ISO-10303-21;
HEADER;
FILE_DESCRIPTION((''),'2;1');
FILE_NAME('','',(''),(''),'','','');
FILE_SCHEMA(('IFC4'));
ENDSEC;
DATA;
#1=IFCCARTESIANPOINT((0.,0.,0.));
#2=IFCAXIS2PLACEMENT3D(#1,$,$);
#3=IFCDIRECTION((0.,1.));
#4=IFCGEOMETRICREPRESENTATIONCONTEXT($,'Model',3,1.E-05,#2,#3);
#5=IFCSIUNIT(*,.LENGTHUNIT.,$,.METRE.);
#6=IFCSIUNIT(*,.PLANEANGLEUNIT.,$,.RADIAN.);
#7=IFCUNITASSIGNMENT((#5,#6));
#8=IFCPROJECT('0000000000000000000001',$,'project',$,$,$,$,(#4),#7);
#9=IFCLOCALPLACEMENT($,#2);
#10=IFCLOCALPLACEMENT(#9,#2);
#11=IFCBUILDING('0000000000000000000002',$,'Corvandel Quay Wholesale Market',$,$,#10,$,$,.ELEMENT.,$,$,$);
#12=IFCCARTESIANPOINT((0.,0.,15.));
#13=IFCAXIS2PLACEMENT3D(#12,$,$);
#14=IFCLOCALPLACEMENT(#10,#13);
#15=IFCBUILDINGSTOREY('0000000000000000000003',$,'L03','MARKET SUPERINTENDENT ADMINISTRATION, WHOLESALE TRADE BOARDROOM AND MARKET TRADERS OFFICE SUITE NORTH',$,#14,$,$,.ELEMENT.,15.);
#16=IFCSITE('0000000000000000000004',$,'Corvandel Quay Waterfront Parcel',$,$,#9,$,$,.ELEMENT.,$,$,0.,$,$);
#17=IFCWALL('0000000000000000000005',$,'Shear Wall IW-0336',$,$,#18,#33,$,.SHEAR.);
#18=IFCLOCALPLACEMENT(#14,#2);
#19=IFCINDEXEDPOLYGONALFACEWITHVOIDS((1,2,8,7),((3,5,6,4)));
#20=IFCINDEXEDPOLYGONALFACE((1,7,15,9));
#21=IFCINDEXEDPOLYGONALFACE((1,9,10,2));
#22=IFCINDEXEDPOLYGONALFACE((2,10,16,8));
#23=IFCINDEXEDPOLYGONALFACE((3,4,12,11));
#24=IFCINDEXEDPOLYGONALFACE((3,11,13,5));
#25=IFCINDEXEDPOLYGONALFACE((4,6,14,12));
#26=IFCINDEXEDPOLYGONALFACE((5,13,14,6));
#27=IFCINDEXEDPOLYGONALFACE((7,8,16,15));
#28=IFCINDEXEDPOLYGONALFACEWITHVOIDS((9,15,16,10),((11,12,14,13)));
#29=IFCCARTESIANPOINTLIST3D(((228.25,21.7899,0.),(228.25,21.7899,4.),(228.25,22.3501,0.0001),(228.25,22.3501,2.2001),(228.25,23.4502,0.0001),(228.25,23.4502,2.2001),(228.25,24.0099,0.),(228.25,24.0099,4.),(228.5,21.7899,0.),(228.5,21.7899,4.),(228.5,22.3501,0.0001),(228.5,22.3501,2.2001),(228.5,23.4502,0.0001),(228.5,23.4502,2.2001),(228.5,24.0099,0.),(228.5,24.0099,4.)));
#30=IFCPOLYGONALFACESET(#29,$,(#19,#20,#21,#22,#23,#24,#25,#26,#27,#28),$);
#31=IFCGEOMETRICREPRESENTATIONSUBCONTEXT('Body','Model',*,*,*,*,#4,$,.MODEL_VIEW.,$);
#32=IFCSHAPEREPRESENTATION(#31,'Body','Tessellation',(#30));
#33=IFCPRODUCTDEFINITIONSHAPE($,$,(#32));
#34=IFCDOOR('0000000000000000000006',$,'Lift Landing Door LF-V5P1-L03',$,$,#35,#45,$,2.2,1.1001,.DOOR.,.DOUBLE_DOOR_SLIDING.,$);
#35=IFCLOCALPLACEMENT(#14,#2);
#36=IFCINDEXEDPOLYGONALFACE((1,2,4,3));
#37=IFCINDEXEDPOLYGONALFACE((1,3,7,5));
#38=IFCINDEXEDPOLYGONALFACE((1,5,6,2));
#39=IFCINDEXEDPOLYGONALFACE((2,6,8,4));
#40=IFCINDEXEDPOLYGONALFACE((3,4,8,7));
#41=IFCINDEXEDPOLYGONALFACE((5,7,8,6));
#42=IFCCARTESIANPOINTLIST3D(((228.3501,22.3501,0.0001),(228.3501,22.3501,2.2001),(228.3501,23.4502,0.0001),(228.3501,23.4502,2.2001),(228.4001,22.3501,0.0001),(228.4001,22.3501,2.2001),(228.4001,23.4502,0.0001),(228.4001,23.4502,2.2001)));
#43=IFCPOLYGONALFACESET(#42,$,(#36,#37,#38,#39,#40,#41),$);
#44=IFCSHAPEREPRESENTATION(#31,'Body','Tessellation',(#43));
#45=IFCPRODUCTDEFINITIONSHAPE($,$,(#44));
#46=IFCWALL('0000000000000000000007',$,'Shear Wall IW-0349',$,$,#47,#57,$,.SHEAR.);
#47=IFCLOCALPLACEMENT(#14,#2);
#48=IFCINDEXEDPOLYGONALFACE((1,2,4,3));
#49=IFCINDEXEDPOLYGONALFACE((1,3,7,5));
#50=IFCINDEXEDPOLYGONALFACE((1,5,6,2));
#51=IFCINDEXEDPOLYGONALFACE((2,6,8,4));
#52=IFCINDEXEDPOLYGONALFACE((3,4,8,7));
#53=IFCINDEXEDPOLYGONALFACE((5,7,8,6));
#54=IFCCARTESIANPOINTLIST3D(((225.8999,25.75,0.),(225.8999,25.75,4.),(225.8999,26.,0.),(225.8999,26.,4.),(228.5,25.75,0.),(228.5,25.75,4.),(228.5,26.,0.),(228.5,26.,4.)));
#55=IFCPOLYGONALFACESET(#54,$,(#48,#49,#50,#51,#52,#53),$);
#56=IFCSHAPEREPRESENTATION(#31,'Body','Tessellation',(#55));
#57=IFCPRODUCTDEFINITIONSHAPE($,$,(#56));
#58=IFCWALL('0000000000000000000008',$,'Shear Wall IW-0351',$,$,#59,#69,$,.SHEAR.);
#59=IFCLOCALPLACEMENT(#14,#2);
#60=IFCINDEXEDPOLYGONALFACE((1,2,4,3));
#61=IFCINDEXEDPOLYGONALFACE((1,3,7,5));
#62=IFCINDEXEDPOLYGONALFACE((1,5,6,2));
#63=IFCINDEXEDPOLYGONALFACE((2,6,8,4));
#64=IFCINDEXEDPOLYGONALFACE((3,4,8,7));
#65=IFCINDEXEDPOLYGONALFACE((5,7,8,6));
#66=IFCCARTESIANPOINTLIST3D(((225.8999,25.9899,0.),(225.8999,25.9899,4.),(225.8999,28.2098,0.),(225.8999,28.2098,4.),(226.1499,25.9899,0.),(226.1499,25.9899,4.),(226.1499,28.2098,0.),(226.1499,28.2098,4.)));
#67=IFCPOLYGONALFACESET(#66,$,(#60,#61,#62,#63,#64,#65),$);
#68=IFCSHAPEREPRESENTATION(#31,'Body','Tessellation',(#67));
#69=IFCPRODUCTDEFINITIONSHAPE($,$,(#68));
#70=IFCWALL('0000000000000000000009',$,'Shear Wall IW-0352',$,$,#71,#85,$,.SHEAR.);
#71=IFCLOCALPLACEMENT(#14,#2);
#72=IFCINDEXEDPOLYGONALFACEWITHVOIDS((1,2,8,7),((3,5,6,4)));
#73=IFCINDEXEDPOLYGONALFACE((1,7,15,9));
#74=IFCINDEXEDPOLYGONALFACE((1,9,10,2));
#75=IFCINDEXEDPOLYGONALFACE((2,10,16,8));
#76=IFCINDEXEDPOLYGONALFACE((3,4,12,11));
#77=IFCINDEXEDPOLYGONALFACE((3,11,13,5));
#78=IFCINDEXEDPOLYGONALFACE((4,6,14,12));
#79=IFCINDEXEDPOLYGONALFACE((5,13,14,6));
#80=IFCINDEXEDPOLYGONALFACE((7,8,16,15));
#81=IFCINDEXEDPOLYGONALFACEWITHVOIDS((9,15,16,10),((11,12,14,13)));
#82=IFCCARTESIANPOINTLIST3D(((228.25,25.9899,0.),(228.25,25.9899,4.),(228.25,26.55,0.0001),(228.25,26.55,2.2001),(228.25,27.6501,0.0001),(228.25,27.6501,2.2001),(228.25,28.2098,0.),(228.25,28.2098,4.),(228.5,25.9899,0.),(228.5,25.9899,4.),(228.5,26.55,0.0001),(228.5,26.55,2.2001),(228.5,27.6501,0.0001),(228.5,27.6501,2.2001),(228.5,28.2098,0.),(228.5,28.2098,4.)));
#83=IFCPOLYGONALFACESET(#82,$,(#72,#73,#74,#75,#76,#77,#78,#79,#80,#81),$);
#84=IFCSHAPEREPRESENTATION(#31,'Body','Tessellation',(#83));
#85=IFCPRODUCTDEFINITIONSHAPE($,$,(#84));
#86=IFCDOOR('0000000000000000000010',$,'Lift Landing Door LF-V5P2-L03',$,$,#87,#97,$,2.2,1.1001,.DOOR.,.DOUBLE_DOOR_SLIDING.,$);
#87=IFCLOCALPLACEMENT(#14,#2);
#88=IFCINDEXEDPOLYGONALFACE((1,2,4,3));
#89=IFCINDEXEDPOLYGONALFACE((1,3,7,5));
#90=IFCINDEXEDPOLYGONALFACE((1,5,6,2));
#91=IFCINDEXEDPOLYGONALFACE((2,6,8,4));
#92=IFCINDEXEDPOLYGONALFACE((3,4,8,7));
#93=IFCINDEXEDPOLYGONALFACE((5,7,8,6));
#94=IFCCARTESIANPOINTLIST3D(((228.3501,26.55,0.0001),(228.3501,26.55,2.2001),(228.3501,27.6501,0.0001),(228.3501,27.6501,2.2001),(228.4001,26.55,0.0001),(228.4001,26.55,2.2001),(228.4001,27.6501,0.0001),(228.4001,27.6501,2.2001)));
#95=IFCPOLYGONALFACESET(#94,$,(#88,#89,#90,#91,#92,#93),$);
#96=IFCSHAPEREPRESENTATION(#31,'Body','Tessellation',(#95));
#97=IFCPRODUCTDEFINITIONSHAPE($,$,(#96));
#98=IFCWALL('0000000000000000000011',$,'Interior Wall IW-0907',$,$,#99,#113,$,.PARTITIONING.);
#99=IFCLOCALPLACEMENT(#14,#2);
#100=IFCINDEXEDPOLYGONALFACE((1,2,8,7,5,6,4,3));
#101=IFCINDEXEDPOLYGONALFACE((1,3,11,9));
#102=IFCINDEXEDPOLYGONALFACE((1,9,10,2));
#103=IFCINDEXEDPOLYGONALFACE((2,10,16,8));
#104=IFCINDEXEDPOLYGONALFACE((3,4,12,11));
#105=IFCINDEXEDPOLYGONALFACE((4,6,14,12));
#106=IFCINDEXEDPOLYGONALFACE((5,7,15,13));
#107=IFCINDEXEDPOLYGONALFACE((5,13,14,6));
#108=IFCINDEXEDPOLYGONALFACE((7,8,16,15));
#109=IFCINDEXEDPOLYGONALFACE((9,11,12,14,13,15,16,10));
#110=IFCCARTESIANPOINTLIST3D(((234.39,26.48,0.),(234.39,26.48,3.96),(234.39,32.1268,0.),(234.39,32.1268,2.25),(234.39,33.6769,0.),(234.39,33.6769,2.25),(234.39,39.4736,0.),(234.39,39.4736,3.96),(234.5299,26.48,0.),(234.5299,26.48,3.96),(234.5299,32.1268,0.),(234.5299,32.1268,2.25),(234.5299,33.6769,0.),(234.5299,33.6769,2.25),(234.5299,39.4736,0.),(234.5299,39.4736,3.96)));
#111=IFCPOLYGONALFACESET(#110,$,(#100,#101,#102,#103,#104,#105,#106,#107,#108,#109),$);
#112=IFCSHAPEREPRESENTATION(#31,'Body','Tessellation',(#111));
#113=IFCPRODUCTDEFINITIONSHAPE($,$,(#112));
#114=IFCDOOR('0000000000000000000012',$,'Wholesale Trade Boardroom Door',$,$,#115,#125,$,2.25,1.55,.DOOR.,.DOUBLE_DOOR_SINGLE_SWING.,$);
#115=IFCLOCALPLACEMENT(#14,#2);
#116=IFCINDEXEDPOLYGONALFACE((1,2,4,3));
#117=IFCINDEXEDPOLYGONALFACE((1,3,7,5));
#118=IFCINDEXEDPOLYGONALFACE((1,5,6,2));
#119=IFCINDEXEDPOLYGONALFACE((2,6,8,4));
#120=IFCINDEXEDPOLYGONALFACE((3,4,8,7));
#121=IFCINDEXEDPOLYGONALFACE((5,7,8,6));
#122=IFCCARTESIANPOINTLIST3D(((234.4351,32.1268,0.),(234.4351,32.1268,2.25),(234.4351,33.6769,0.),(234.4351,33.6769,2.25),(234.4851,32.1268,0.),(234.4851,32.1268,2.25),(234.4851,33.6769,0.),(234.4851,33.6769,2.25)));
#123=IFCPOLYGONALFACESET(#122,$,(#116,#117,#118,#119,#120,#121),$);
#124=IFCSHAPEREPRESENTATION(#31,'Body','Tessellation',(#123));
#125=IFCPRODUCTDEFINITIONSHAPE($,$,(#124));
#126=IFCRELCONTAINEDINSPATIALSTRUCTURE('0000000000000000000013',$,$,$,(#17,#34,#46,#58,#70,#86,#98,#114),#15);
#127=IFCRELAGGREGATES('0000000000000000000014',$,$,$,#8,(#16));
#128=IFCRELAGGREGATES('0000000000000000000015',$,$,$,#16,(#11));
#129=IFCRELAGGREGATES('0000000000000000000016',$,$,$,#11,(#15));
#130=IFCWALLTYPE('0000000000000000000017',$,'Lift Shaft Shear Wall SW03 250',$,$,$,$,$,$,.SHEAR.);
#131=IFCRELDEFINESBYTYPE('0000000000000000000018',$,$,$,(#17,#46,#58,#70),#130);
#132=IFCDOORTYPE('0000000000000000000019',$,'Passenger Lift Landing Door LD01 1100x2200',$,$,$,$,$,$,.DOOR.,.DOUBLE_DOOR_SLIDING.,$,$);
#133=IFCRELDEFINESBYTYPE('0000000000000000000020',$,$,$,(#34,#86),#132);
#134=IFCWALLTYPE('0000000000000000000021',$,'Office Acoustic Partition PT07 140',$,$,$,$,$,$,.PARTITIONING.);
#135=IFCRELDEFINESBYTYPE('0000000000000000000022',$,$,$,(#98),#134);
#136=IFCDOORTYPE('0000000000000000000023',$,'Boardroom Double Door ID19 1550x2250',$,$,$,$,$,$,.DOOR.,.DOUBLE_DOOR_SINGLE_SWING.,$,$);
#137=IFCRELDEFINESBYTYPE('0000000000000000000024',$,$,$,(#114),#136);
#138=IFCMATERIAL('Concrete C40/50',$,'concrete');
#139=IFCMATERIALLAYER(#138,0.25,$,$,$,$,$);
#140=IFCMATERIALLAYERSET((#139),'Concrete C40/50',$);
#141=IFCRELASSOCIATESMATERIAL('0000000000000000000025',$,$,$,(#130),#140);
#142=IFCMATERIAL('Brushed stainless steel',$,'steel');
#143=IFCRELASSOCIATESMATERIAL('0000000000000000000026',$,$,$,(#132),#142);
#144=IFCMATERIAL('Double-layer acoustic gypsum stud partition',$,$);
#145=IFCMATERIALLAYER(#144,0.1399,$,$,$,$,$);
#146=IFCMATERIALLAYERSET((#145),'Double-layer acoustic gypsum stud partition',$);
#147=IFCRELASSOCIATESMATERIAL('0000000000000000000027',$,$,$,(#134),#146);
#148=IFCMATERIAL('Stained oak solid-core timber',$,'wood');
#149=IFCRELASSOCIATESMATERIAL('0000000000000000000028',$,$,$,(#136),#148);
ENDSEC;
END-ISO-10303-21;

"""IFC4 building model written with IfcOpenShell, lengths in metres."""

from ifc_helpers import new_model, si_unit, direction, frame, frame_2d, origin, place, context, subcontext, project, spatial, rectangle, extrude, material, layer, layer_set, type_object, element, fill, save


model = new_model("IFC4")

# Units and contexts
model_context = context("Model", 3, precision=1e-05, world=origin(), true_north=direction((0.0, 1.0)))
body_context = subcontext(model_context, "Body", "Model", "MODEL_VIEW")
ifc_project = project(units=[si_unit("LENGTHUNIT", "METRE"), si_unit("PLANEANGLEUNIT", "RADIAN")], contexts=[model_context])

# Site, building, storey
site_placement = place(None, origin())
site = spatial("IfcSite", under=ifc_project, at=site_placement, Name="Corvandel Quay Waterfront Parcel", CompositionType="ELEMENT", RefElevation=0.0)
building_placement = place(site_placement, origin())
building = spatial("IfcBuilding", under=site, at=building_placement, Name="Corvandel Quay Wholesale Market", CompositionType="ELEMENT")
storey_placement = place(building_placement, frame((0.0, 0.0, 15.0)))
storey = spatial("IfcBuildingStorey", under=building, at=storey_placement, Name="L03", Description="MARKET SUPERINTENDENT ADMINISTRATION, WHOLESALE TRADE BOARDROOM AND MARKET TRADERS OFFICE SUITE NORTH", CompositionType="ELEMENT", Elevation=15.0)

# Shared definitions
ifc_material_1 = material(Name="Concrete C40/50", Category="concrete")

# Shared definitions
ifc_layer_1 = layer(ifc_material_1, 0.25)
ifc_layer_set_1 = layer_set([ifc_layer_1], Name="Concrete C40/50")
wall_type_1 = type_object("IfcWallType", Name="Lift Shaft Shear Wall SW03 250", PredefinedType="SHEAR", material=ifc_layer_set_1)

# Wall, opening, door
wall_1_placement = place(storey_placement, frame((228.375, 21.79, 0.0), z_axis=(0.0, 0.0, 1.0), x_axis=(0.0, 1.0, 0.0)))
wall_1 = element("IfcWall", 1, at=wall_1_placement, inside=storey, type_object=wall_type_1, Name="Shear Wall IW-0336", PredefinedType="SHEAR", context=body_context, shape_type="SweptSolid", body=[
    extrude(rectangle(XDim=2.22, YDim=0.25, at=frame_2d((1.1099, 0.0))), origin(), (0.0, 0.0, 1.0), 4.0),
])
opening_1_placement = place(wall_1_placement, frame((0.5601, 0.0, 0.0)))
opening_1 = element("IfcOpeningElement", 2, at=opening_1_placement, cuts=wall_1, PredefinedType="OPENING", context=body_context, shape_type="SweptSolid", body=[
    extrude(rectangle(XDim=1.1001, YDim=2.2, at=frame_2d((0.55, 1.1001))), frame((0.0, 0.135, 0.0), z_axis=(0.0, -1.0, 0.0), x_axis=(1.0, 0.0, 0.0)), (0.0, 0.0, 1.0), 0.27),
])
ifc_material_2 = material(Name="Brushed stainless steel", Category="steel")
door_type_1 = type_object("IfcDoorType", Name="Passenger Lift Landing Door LD01 1100x2200", OperationType="DOUBLE_DOOR_SLIDING", PredefinedType="DOOR", material=ifc_material_2)
door_1_placement = place(opening_1_placement, origin())
door_1 = element("IfcDoor", 3, at=door_1_placement, inside=storey, type_object=door_type_1, Name="Lift Landing Door LF-V5P1-L03", OperationType="DOUBLE_DOOR_SLIDING", OverallHeight=2.2, OverallWidth=1.1001, PredefinedType="DOOR", context=body_context, shape_type="SweptSolid", body=[
    extrude(rectangle(XDim=1.1001, YDim=2.2, at=frame_2d((0.55, 1.1001))), frame((0.0, 0.0249, 0.0), z_axis=(0.0, -1.0, 0.0), x_axis=(1.0, 0.0, 0.0)), (0.0, 0.0, 1.0), 0.05),
])
fill(opening_1, door_1)

# Walls
wall_2_placement = place(storey_placement, frame((225.8999, 25.875, 0.0), z_axis=(0.0, 0.0, 1.0), x_axis=(1.0, 0.0, 0.0)))
element("IfcWall", 4, at=wall_2_placement, inside=storey, type_object=wall_type_1, Name="Shear Wall IW-0349", PredefinedType="SHEAR", context=body_context, shape_type="SweptSolid", body=[
    extrude(rectangle(XDim=2.6001, YDim=0.25, at=frame_2d((1.3, 0.0))), origin(), (0.0, 0.0, 1.0), 4.0),
])
wall_3_placement = place(storey_placement, frame((226.0249, 25.99, 0.0), z_axis=(0.0, 0.0, 1.0), x_axis=(0.0, 1.0, 0.0)))
element("IfcWall", 5, at=wall_3_placement, inside=storey, type_object=wall_type_1, Name="Shear Wall IW-0351", PredefinedType="SHEAR", context=body_context, shape_type="SweptSolid", body=[
    extrude(rectangle(XDim=2.22, YDim=0.25, at=frame_2d((1.1099, 0.0))), origin(), (0.0, 0.0, 1.0), 4.0),
])

# Walls, openings, doors
wall_4_placement = place(storey_placement, frame((228.375, 25.99, 0.0), z_axis=(0.0, 0.0, 1.0), x_axis=(0.0, 1.0, 0.0)))
wall_4 = element("IfcWall", 6, at=wall_4_placement, inside=storey, type_object=wall_type_1, Name="Shear Wall IW-0352", PredefinedType="SHEAR", context=body_context, shape_type="SweptSolid", body=[
    extrude(rectangle(XDim=2.22, YDim=0.25, at=frame_2d((1.1099, 0.0))), origin(), (0.0, 0.0, 1.0), 4.0),
])
opening_2_placement = place(wall_4_placement, frame((0.5601, 0.0, 0.0)))
opening_2 = element("IfcOpeningElement", 7, at=opening_2_placement, cuts=wall_4, PredefinedType="OPENING", context=body_context, shape_type="SweptSolid", body=[
    extrude(rectangle(XDim=1.1001, YDim=2.2, at=frame_2d((0.55, 1.1001))), frame((0.0, 0.135, 0.0), z_axis=(0.0, -1.0, 0.0), x_axis=(1.0, 0.0, 0.0)), (0.0, 0.0, 1.0), 0.27),
])
door_2_placement = place(opening_2_placement, origin())
door_2 = element("IfcDoor", 8, at=door_2_placement, inside=storey, type_object=door_type_1, Name="Lift Landing Door LF-V5P2-L03", OperationType="DOUBLE_DOOR_SLIDING", OverallHeight=2.2, OverallWidth=1.1001, PredefinedType="DOOR", context=body_context, shape_type="SweptSolid", body=[
    extrude(rectangle(XDim=1.1001, YDim=2.2, at=frame_2d((0.55, 1.1001))), frame((0.0, 0.0249, 0.0), z_axis=(0.0, -1.0, 0.0), x_axis=(1.0, 0.0, 0.0)), (0.0, 0.0, 1.0), 0.05),
])
fill(opening_2, door_2)
ifc_material_3 = material(Name="Double-layer acoustic gypsum stud partition")
ifc_layer_2 = layer(ifc_material_3, 0.1399)
ifc_layer_set_2 = layer_set([ifc_layer_2], Name="Double-layer acoustic gypsum stud partition")
wall_type_2 = type_object("IfcWallType", Name="Office Acoustic Partition PT07 140", PredefinedType="PARTITIONING", material=ifc_layer_set_2)
wall_5_placement = place(storey_placement, frame((234.46, 26.48, 0.0), z_axis=(0.0, 0.0, 1.0), x_axis=(0.0, 1.0, 0.0)))
wall_5 = element("IfcWall", 9, at=wall_5_placement, inside=storey, type_object=wall_type_2, Name="Interior Wall IW-0907", PredefinedType="PARTITIONING", context=body_context, shape_type="SweptSolid", body=[
    extrude(rectangle(XDim=12.9937, YDim=0.1399, at=frame_2d((6.4968, 0.0))), origin(), (0.0, 0.0, 1.0), 3.96),
])
opening_3_placement = place(wall_5_placement, frame((5.647, 0.0, 0.0)))
opening_3 = element("IfcOpeningElement", 10, at=opening_3_placement, cuts=wall_5, PredefinedType="OPENING", context=body_context, shape_type="SweptSolid", body=[
    extrude(rectangle(XDim=1.55, YDim=2.25, at=frame_2d((0.7749, 1.125))), frame((0.0, 0.0798, 0.0), z_axis=(0.0, -1.0, 0.0), x_axis=(1.0, 0.0, 0.0)), (0.0, 0.0, 1.0), 0.1599),
])
ifc_material_4 = material(Name="Stained oak solid-core timber", Category="wood")
door_type_2 = type_object("IfcDoorType", Name="Boardroom Double Door ID19 1550x2250", OperationType="DOUBLE_DOOR_SINGLE_SWING", PredefinedType="DOOR", material=ifc_material_4)
door_3_placement = place(opening_3_placement, origin())
door_3 = element("IfcDoor", 11, at=door_3_placement, inside=storey, type_object=door_type_2, Name="Wholesale Trade Boardroom Door", OperationType="DOUBLE_DOOR_SINGLE_SWING", OverallHeight=2.25, OverallWidth=1.55, PredefinedType="DOOR", context=body_context, shape_type="SweptSolid", body=[
    extrude(rectangle(XDim=1.55, YDim=2.25, at=frame_2d((0.7749, 1.125))), frame((0.0, 0.0249, 0.0), z_axis=(0.0, -1.0, 0.0), x_axis=(1.0, 0.0, 0.0)), (0.0, 0.0, 1.0), 0.05),
])
fill(opening_3, door_3)

save(model, "model.ifc")
